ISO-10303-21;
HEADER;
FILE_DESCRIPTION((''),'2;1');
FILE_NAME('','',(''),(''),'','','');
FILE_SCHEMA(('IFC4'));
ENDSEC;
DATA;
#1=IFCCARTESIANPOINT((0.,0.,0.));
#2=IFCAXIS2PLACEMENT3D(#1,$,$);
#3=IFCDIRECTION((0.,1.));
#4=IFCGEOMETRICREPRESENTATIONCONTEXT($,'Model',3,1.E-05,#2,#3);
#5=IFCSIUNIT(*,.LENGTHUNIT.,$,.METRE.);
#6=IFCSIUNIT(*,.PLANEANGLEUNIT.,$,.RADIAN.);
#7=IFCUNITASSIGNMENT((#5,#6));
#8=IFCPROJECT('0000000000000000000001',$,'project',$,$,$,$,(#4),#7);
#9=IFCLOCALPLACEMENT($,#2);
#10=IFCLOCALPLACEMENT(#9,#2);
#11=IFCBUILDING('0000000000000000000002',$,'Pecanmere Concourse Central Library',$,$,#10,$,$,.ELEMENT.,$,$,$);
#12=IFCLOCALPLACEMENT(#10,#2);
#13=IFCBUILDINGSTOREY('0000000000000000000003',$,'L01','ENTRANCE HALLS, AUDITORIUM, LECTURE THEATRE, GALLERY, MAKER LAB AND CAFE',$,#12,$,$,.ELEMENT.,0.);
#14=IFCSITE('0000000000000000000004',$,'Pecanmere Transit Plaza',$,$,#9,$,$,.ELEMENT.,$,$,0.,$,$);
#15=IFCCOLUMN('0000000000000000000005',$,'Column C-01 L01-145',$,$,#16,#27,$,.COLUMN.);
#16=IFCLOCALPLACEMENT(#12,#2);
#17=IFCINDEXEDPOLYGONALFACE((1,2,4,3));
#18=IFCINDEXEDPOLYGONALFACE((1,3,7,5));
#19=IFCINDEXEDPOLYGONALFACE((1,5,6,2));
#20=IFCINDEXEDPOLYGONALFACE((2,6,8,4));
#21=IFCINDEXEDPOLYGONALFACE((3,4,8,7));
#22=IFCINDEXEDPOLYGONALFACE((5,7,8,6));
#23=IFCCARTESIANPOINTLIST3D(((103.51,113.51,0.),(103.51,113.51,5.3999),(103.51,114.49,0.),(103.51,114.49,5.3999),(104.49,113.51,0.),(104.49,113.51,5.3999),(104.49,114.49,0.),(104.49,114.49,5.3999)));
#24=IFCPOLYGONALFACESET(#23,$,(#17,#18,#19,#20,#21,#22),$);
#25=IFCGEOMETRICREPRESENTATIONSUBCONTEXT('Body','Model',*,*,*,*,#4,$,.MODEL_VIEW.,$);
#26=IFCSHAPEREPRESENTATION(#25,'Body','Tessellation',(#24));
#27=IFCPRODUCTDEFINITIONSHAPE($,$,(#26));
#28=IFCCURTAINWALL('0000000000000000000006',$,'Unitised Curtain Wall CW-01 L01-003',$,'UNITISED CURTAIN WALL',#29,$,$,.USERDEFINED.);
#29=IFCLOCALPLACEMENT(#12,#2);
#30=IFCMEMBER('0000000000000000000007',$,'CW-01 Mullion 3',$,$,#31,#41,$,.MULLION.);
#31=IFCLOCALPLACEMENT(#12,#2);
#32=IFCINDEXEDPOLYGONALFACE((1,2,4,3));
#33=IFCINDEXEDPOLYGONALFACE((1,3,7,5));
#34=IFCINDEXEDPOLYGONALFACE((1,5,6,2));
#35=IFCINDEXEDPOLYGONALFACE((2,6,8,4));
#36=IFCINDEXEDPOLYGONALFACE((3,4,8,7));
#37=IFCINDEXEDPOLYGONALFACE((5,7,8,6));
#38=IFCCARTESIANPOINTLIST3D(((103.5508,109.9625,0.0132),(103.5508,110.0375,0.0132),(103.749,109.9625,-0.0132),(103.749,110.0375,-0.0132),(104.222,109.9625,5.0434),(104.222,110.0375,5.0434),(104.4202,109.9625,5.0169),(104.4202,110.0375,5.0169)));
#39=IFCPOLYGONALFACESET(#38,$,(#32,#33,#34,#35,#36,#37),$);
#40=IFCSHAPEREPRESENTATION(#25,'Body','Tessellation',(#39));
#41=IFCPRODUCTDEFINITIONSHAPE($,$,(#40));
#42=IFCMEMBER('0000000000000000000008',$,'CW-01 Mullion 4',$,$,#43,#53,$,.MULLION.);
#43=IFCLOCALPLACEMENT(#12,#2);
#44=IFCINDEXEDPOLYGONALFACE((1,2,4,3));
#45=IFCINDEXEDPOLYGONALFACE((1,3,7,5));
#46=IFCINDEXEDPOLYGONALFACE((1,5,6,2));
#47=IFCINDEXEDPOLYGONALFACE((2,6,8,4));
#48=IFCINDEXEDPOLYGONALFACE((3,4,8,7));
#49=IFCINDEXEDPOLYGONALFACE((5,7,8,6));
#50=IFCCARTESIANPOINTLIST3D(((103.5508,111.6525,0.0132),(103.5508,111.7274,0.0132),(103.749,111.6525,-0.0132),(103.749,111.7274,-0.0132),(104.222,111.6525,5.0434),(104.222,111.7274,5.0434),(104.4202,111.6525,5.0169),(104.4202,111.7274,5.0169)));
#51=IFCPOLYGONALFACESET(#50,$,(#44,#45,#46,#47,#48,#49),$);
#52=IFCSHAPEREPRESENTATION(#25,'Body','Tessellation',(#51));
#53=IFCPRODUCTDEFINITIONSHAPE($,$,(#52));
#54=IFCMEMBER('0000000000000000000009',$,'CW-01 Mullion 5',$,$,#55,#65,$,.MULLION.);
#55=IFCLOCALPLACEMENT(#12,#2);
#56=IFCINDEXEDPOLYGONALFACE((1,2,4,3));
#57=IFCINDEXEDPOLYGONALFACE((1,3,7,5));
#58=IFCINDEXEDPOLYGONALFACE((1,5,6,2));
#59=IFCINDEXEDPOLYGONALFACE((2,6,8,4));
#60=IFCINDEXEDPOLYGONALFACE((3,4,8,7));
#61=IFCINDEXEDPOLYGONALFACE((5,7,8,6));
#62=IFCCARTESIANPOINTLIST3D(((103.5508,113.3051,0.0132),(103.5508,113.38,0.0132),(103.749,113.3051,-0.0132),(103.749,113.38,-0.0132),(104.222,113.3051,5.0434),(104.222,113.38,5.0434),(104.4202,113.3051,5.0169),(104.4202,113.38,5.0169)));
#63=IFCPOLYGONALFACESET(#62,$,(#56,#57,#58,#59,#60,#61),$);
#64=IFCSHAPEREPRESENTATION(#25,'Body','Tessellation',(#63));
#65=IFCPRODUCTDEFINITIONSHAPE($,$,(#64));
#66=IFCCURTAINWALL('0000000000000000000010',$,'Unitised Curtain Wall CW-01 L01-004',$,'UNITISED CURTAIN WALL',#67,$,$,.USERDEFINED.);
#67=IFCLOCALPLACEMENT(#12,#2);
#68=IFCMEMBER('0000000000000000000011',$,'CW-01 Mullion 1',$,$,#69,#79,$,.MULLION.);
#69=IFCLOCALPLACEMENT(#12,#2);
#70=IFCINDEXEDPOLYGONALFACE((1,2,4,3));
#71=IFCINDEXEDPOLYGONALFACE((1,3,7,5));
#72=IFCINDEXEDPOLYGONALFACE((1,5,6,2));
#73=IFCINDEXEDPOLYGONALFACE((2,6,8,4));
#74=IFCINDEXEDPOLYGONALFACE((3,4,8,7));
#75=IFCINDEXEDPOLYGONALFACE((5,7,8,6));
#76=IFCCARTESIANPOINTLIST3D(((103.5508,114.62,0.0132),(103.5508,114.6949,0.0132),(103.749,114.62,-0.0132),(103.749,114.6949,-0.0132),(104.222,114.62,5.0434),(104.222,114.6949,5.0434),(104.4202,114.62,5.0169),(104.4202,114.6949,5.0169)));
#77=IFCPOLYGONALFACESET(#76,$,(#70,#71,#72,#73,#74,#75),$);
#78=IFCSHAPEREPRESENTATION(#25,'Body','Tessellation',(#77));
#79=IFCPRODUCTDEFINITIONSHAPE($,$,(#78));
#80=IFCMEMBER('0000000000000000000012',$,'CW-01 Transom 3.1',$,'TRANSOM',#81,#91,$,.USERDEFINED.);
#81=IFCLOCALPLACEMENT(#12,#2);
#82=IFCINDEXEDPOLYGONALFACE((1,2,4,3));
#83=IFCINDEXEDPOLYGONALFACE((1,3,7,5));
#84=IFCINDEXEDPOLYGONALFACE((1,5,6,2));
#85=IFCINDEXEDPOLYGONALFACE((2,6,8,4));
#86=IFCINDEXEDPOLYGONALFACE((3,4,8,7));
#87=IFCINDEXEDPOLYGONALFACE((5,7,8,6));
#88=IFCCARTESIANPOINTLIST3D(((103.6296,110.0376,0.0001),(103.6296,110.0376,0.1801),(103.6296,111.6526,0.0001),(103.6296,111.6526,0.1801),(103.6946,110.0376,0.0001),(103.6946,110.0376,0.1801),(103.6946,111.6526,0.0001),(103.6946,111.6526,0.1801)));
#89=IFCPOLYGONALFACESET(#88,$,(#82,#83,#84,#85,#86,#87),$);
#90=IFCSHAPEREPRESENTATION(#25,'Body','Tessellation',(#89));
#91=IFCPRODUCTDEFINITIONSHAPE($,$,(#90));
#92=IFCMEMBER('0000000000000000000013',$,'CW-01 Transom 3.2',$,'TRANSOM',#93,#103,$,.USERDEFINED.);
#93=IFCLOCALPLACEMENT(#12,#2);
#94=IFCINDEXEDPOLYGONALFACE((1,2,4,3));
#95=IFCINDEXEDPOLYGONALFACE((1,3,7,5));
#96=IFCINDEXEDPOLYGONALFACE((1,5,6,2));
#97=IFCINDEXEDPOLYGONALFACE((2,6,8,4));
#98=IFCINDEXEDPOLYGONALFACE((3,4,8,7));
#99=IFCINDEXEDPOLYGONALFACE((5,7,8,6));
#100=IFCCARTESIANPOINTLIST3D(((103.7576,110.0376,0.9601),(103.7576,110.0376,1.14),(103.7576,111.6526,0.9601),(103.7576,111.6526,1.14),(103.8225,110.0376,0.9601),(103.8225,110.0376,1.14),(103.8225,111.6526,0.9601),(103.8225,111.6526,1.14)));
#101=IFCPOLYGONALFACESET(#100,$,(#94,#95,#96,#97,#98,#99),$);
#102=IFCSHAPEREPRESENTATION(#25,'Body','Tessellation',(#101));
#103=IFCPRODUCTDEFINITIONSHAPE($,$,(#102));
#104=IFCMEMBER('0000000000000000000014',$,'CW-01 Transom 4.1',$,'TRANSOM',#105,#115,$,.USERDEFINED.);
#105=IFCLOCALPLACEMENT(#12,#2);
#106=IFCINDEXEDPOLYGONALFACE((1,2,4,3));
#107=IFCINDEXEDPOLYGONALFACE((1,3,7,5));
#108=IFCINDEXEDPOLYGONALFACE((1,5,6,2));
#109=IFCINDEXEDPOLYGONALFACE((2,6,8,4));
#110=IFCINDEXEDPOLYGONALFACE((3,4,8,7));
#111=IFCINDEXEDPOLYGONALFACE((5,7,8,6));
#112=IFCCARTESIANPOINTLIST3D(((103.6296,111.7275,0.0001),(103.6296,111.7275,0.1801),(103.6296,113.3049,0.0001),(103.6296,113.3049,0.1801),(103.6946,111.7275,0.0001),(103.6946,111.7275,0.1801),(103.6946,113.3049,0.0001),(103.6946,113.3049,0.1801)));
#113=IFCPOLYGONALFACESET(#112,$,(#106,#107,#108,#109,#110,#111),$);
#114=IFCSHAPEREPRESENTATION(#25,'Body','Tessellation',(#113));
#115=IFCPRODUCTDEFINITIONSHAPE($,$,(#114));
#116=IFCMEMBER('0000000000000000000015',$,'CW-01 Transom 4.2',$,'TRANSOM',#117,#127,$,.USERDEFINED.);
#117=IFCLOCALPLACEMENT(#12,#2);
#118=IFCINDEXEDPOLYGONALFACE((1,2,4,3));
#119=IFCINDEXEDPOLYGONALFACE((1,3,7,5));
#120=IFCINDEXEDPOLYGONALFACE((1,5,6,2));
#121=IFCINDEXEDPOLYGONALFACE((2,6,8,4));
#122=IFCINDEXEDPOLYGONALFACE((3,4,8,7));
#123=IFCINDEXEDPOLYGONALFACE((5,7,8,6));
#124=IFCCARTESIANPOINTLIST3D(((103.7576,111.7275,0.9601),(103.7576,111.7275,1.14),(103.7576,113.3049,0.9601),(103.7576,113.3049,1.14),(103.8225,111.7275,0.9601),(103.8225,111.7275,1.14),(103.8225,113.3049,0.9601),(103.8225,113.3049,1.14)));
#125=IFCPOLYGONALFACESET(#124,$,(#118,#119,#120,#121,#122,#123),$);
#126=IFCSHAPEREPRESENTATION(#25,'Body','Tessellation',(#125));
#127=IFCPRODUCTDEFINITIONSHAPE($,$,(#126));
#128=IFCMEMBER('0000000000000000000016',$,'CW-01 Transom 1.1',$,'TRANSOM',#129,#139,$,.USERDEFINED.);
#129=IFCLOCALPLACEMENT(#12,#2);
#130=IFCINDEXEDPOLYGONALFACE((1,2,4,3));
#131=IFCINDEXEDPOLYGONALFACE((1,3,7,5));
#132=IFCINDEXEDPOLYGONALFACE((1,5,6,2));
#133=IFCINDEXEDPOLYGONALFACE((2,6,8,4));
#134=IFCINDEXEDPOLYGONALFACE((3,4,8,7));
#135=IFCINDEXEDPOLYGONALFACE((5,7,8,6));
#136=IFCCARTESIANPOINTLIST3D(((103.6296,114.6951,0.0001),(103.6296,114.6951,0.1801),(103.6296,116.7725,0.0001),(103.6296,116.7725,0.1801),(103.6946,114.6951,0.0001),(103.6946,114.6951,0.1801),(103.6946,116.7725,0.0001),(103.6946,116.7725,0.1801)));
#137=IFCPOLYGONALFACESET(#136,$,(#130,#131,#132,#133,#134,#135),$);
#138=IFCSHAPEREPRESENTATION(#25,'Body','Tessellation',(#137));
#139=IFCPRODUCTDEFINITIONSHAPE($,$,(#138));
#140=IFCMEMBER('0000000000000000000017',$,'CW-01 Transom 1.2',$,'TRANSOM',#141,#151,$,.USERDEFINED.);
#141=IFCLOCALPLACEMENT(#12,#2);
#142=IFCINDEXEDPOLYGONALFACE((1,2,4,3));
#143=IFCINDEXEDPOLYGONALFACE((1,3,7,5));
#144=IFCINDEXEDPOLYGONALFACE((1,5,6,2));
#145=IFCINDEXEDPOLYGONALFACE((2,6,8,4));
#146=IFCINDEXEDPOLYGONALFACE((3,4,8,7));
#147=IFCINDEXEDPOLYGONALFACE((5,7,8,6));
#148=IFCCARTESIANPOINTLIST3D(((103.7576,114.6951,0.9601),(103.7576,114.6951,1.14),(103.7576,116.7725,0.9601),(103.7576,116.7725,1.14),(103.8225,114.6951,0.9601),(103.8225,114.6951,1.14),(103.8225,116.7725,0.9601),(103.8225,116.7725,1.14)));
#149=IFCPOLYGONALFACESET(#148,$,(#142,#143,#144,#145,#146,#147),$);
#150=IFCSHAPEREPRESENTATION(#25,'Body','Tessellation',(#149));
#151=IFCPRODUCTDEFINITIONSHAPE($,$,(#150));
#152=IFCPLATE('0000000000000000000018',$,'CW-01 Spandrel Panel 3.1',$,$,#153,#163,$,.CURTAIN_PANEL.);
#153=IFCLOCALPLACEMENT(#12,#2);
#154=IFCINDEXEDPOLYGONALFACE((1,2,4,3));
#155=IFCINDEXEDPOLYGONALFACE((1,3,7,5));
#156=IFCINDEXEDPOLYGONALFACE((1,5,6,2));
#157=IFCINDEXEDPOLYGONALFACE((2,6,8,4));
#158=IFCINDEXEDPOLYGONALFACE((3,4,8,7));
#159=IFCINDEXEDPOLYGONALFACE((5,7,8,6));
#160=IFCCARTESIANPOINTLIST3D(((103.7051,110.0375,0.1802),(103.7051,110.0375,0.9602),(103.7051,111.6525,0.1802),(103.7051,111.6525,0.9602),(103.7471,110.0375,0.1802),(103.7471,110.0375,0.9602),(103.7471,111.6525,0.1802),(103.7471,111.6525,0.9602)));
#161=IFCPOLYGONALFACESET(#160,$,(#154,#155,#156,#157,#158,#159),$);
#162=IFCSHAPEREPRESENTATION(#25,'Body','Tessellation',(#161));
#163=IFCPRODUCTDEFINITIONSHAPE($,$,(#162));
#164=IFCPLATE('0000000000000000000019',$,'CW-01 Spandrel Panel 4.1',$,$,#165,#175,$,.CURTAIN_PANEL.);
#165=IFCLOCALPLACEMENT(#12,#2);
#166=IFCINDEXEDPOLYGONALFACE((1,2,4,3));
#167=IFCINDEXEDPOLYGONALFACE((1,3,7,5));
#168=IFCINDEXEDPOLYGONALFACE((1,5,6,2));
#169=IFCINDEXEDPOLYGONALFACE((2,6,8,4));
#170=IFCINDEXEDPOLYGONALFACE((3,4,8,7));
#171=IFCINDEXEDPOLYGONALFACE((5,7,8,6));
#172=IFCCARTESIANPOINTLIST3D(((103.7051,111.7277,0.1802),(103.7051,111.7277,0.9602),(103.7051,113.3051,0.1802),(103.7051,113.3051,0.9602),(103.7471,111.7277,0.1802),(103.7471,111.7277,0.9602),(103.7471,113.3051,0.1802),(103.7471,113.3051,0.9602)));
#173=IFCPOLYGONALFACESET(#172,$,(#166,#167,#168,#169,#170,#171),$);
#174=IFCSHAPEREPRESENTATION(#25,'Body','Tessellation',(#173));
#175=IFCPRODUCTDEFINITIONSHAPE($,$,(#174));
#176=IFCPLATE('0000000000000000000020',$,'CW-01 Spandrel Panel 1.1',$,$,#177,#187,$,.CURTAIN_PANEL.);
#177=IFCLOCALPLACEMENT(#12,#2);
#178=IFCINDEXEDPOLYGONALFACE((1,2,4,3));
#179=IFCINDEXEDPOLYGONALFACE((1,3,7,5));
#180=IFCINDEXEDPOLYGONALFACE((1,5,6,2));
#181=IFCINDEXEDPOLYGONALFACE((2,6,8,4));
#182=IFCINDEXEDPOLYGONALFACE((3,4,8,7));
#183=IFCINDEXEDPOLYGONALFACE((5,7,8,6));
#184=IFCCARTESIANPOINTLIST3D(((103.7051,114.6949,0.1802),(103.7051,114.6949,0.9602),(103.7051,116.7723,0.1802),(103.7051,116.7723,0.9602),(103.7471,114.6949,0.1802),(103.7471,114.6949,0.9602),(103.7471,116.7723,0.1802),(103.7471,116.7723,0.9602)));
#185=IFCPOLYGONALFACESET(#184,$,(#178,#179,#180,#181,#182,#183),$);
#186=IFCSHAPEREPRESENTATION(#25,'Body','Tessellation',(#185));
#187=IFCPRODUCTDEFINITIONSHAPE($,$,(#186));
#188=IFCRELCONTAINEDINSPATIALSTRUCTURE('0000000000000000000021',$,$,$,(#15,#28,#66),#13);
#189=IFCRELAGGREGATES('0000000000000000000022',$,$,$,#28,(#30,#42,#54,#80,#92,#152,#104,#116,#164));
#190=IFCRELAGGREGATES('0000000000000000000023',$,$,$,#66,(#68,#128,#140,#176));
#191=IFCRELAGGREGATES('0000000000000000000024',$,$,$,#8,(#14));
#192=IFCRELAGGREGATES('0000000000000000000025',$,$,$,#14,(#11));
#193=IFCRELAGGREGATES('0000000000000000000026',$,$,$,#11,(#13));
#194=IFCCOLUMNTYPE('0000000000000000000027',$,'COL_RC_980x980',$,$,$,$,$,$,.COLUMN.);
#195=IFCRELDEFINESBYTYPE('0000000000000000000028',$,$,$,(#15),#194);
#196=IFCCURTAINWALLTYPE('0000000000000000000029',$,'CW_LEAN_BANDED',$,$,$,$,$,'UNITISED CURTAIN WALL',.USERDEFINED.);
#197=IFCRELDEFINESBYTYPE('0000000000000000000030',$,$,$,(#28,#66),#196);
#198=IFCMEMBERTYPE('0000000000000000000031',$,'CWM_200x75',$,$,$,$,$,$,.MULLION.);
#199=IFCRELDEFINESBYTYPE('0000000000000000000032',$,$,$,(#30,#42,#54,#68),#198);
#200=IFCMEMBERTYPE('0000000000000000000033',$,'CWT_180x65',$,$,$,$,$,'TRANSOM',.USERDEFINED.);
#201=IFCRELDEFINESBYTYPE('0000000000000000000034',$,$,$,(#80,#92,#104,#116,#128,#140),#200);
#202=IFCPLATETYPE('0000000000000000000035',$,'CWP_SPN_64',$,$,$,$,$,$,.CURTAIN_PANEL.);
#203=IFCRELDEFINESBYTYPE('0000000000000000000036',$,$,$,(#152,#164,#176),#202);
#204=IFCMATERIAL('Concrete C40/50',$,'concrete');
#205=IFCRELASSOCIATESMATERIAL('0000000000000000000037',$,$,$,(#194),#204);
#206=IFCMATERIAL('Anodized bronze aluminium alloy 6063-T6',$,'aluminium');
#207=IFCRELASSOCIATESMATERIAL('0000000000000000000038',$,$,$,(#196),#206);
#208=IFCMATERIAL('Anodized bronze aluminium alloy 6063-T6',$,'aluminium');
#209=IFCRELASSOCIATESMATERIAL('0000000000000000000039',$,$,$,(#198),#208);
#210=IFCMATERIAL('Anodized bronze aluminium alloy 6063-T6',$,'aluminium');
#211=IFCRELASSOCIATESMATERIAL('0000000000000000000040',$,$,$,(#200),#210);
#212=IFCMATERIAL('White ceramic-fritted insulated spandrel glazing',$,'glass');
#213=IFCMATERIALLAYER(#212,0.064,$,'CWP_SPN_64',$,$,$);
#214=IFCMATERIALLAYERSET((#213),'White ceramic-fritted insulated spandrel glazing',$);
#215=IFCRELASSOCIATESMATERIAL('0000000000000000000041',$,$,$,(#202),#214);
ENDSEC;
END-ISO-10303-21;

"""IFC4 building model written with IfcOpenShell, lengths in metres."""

from ifc_helpers import new_model, si_unit, direction, frame, origin, origin_2d, place, context, subcontext, project, spatial, rectangle, extrude, material, layer, layer_set, material_profile, profile_set, type_object, element, aggregate, save


model = new_model("IFC4")

# Units and contexts
model_context = context("Model", 3, precision=1e-05, world=origin(), true_north=direction((0.0, 1.0)))
body_context = subcontext(model_context, "Body", "Model", "MODEL_VIEW")
ifc_project = project(units=[si_unit("LENGTHUNIT", "METRE"), si_unit("PLANEANGLEUNIT", "RADIAN")], contexts=[model_context])

# Site, building, storey
site_placement = place(None, origin())
site = spatial("IfcSite", under=ifc_project, at=site_placement, Name="Pecanmere Transit Plaza", CompositionType="ELEMENT", RefElevation=0.0)
building_placement = place(site_placement, origin())
building = spatial("IfcBuilding", under=site, at=building_placement, Name="Pecanmere Concourse Central Library", CompositionType="ELEMENT")
storey_placement = place(building_placement, origin())
storey = spatial("IfcBuildingStorey", under=building, at=storey_placement, Name="L01", Description="ENTRANCE HALLS, AUDITORIUM, LECTURE THEATRE, GALLERY, MAKER LAB AND CAFE", CompositionType="ELEMENT", Elevation=0.0)

# Column
ifc_material_1 = material(Name="Concrete C40/50", Category="concrete")
ifc_material_profile_1 = material_profile(ifc_material_1, rectangle(XDim=0.98, YDim=0.98, at=origin_2d()), Name="RC 980x980")
ifc_profile_set_1 = profile_set([ifc_material_profile_1], Name="Concrete C40/50")
column_type = type_object("IfcColumnType", Name="COL_RC_980x980", PredefinedType="COLUMN", material=ifc_profile_set_1)
column_placement = place(storey_placement, frame((104.0, 114.0, 0.0), z_axis=(0.0, 0.0, 1.0), x_axis=(1.0, 0.0, 0.0)))
element("IfcColumn", 1, at=column_placement, inside=storey, type_object=column_type, Name="Column C-01 L01-145", PredefinedType="COLUMN", context=body_context, shape_type="SweptSolid", body=[
    extrude(rectangle(XDim=0.98, YDim=0.98, at=origin_2d()), origin(), (0.0, 0.0, 1.0), 5.3999),
])

# Curtain wall, members
ifc_material_2 = material(Name="Anodized bronze aluminium alloy 6063-T6", Category="aluminium")
curtain_wall_type = type_object("IfcCurtainWallType", Name="CW_LEAN_BANDED", ElementType="UNITISED CURTAIN WALL", PredefinedType="USERDEFINED", material=ifc_material_2)
curtain_wall_1_placement = place(storey_placement, origin())
curtain_wall_1 = element("IfcCurtainWall", 2, at=curtain_wall_1_placement, inside=storey, type_object=curtain_wall_type, Name="Unitised Curtain Wall CW-01 L01-003", ObjectType="UNITISED CURTAIN WALL", PredefinedType="USERDEFINED")
ifc_material_3 = material(Name="Anodized bronze aluminium alloy 6063-T6", Category="aluminium")
ifc_material_profile_2 = material_profile(ifc_material_3, rectangle(XDim=0.075, YDim=0.2, at=origin_2d()), Name="AL 75x200")
ifc_profile_set_2 = profile_set([ifc_material_profile_2], Name="Anodized bronze aluminium alloy 6063-T6")
member_type_1 = type_object("IfcMemberType", Name="CWM_200x75", PredefinedType="MULLION", material=ifc_profile_set_2)
member_1_placement = place(storey_placement, frame((103.6499, 110.0, 0.0), z_axis=(0.132255, 0.0, 0.991216), x_axis=(0.0, 1.0, 0.0)))
member_1 = element("IfcMember", 3, at=member_1_placement, type_object=member_type_1, Name="CW-01 Mullion 3", PredefinedType="MULLION", context=body_context, shape_type="SweptSolid", body=[
    extrude(rectangle(XDim=0.075, YDim=0.2, at=origin_2d()), origin(), (0.0, 0.0, 1.0), 5.0747),
])
member_2_placement = place(storey_placement, frame((103.6499, 111.6899, 0.0), z_axis=(0.132255, 0.0, 0.991216), x_axis=(0.0, 1.0, 0.0)))
member_2 = element("IfcMember", 4, at=member_2_placement, type_object=member_type_1, Name="CW-01 Mullion 4", PredefinedType="MULLION", context=body_context, shape_type="SweptSolid", body=[
    extrude(rectangle(XDim=0.075, YDim=0.2, at=origin_2d()), origin(), (0.0, 0.0, 1.0), 5.0747),
])
member_3_placement = place(storey_placement, frame((103.6499, 113.3425, 0.0), z_axis=(0.132255, 0.0, 0.991216), x_axis=(0.0, 1.0, 0.0)))
member_3 = element("IfcMember", 5, at=member_3_placement, type_object=member_type_1, Name="CW-01 Mullion 5", PredefinedType="MULLION", context=body_context, shape_type="SweptSolid", body=[
    extrude(rectangle(XDim=0.075, YDim=0.2, at=origin_2d()), origin(), (0.0, 0.0, 1.0), 5.0747),
])

# Curtain wall, member
curtain_wall_2_placement = place(storey_placement, origin())
curtain_wall_2 = element("IfcCurtainWall", 6, at=curtain_wall_2_placement, inside=storey, type_object=curtain_wall_type, Name="Unitised Curtain Wall CW-01 L01-004", ObjectType="UNITISED CURTAIN WALL", PredefinedType="USERDEFINED")
member_4_placement = place(storey_placement, frame((103.6499, 114.6575, 0.0), z_axis=(0.132255, 0.0, 0.991216), x_axis=(0.0, 1.0, 0.0)))
member_4 = element("IfcMember", 7, at=member_4_placement, type_object=member_type_1, Name="CW-01 Mullion 1", PredefinedType="MULLION", context=body_context, shape_type="SweptSolid", body=[
    extrude(rectangle(XDim=0.075, YDim=0.2, at=origin_2d()), origin(), (0.0, 0.0, 1.0), 5.0747),
])

# Members
ifc_material_4 = material(Name="Anodized bronze aluminium alloy 6063-T6", Category="aluminium")
ifc_material_profile_3 = material_profile(ifc_material_4, rectangle(XDim=0.0649, YDim=0.1799, at=origin_2d()), Name="AL 65x180")
ifc_profile_set_3 = profile_set([ifc_material_profile_3], Name="Anodized bronze aluminium alloy 6063-T6")
member_type_2 = type_object("IfcMemberType", Name="CWT_180x65", ElementType="TRANSOM", PredefinedType="USERDEFINED", material=ifc_profile_set_3)
member_5_placement = place(storey_placement, frame((103.6621, 110.0376, 0.0901), z_axis=(0.0, 1.0, 0.0), x_axis=(-1.0, 0.0, 0.0)))
member_5 = element("IfcMember", 8, at=member_5_placement, type_object=member_type_2, Name="CW-01 Transom 3.1", ObjectType="TRANSOM", PredefinedType="USERDEFINED", context=body_context, shape_type="SweptSolid", body=[
    extrude(rectangle(XDim=0.0649, YDim=0.1799, at=origin_2d()), origin(), (0.0, 0.0, 1.0), 1.615),
])
member_6_placement = place(storey_placement, frame((103.79, 110.0376, 1.05), z_axis=(0.0, 1.0, 0.0), x_axis=(-1.0, 0.0, 0.0)))
member_6 = element("IfcMember", 9, at=member_6_placement, type_object=member_type_2, Name="CW-01 Transom 3.2", ObjectType="TRANSOM", PredefinedType="USERDEFINED", context=body_context, shape_type="SweptSolid", body=[
    extrude(rectangle(XDim=0.0649, YDim=0.1799, at=origin_2d()), origin(), (0.0, 0.0, 1.0), 1.615),
])
member_7_placement = place(storey_placement, frame((103.6621, 111.7275, 0.0901), z_axis=(0.0, 1.0, 0.0), x_axis=(-1.0, 0.0, 0.0)))
member_7 = element("IfcMember", 10, at=member_7_placement, type_object=member_type_2, Name="CW-01 Transom 4.1", ObjectType="TRANSOM", PredefinedType="USERDEFINED", context=body_context, shape_type="SweptSolid", body=[
    extrude(rectangle(XDim=0.0649, YDim=0.1799, at=origin_2d()), origin(), (0.0, 0.0, 1.0), 1.5774),
])
member_8_placement = place(storey_placement, frame((103.79, 111.7275, 1.05), z_axis=(0.0, 1.0, 0.0), x_axis=(-1.0, 0.0, 0.0)))
member_8 = element("IfcMember", 11, at=member_8_placement, type_object=member_type_2, Name="CW-01 Transom 4.2", ObjectType="TRANSOM", PredefinedType="USERDEFINED", context=body_context, shape_type="SweptSolid", body=[
    extrude(rectangle(XDim=0.0649, YDim=0.1799, at=origin_2d()), origin(), (0.0, 0.0, 1.0), 1.5774),
])
member_9_placement = place(storey_placement, frame((103.6621, 114.6951, 0.0901), z_axis=(0.0, 1.0, 0.0), x_axis=(-1.0, 0.0, 0.0)))
member_9 = element("IfcMember", 12, at=member_9_placement, type_object=member_type_2, Name="CW-01 Transom 1.1", ObjectType="TRANSOM", PredefinedType="USERDEFINED", context=body_context, shape_type="SweptSolid", body=[
    extrude(rectangle(XDim=0.0649, YDim=0.1799, at=origin_2d()), origin(), (0.0, 0.0, 1.0), 2.0774),
])
member_10_placement = place(storey_placement, frame((103.79, 114.6951, 1.05), z_axis=(0.0, 1.0, 0.0), x_axis=(-1.0, 0.0, 0.0)))
member_10 = element("IfcMember", 13, at=member_10_placement, type_object=member_type_2, Name="CW-01 Transom 1.2", ObjectType="TRANSOM", PredefinedType="USERDEFINED", context=body_context, shape_type="SweptSolid", body=[
    extrude(rectangle(XDim=0.0649, YDim=0.1799, at=origin_2d()), origin(), (0.0, 0.0, 1.0), 2.0774),
])

# Plates
ifc_material_5 = material(Name="White ceramic-fritted insulated spandrel glazing", Category="glass")
ifc_layer_1 = layer(ifc_material_5, 0.064, Name="CWP_SPN_64")
ifc_layer_set_1 = layer_set([ifc_layer_1], Name="White ceramic-fritted insulated spandrel glazing")
plate_type_1 = type_object("IfcPlateType", Name="CWP_SPN_64", PredefinedType="CURTAIN_PANEL", material=ifc_layer_set_1)
plate_1_placement = place(storey_placement, frame((103.7261, 110.845, 0.1802), z_axis=(0.0, 0.0, 1.0), x_axis=(0.0, 1.0, 0.0)))
plate_1 = element("IfcPlate", 14, at=plate_1_placement, type_object=plate_type_1, Name="CW-01 Spandrel Panel 3.1", PredefinedType="CURTAIN_PANEL", context=body_context, shape_type="SweptSolid", body=[
    extrude(rectangle(XDim=1.615, YDim=0.042, at=origin_2d()), origin(), (0.0, 0.0, 1.0), 0.78),
])
plate_2_placement = place(storey_placement, frame((103.7261, 112.5164, 0.1802), z_axis=(0.0, 0.0, 1.0), x_axis=(0.0, 1.0, 0.0)))
plate_2 = element("IfcPlate", 15, at=plate_2_placement, type_object=plate_type_1, Name="CW-01 Spandrel Panel 4.1", PredefinedType="CURTAIN_PANEL", context=body_context, shape_type="SweptSolid", body=[
    extrude(rectangle(XDim=1.5774, YDim=0.042, at=origin_2d()), origin(), (0.0, 0.0, 1.0), 0.78),
])
plate_3_placement = place(storey_placement, frame((103.7261, 115.7336, 0.1802), z_axis=(0.0, 0.0, 1.0), x_axis=(0.0, 1.0, 0.0)))
plate_3 = element("IfcPlate", 16, at=plate_3_placement, type_object=plate_type_1, Name="CW-01 Spandrel Panel 1.1", PredefinedType="CURTAIN_PANEL", context=body_context, shape_type="SweptSolid", body=[
    extrude(rectangle(XDim=2.0774, YDim=0.042, at=origin_2d()), origin(), (0.0, 0.0, 1.0), 0.78),
])
aggregate(curtain_wall_1, [member_1, member_2, member_3, member_5, member_6, plate_1, member_7, member_8, plate_2])
aggregate(curtain_wall_2, [member_4, member_9, member_10, plate_3])

save(model, "model.ifc")
